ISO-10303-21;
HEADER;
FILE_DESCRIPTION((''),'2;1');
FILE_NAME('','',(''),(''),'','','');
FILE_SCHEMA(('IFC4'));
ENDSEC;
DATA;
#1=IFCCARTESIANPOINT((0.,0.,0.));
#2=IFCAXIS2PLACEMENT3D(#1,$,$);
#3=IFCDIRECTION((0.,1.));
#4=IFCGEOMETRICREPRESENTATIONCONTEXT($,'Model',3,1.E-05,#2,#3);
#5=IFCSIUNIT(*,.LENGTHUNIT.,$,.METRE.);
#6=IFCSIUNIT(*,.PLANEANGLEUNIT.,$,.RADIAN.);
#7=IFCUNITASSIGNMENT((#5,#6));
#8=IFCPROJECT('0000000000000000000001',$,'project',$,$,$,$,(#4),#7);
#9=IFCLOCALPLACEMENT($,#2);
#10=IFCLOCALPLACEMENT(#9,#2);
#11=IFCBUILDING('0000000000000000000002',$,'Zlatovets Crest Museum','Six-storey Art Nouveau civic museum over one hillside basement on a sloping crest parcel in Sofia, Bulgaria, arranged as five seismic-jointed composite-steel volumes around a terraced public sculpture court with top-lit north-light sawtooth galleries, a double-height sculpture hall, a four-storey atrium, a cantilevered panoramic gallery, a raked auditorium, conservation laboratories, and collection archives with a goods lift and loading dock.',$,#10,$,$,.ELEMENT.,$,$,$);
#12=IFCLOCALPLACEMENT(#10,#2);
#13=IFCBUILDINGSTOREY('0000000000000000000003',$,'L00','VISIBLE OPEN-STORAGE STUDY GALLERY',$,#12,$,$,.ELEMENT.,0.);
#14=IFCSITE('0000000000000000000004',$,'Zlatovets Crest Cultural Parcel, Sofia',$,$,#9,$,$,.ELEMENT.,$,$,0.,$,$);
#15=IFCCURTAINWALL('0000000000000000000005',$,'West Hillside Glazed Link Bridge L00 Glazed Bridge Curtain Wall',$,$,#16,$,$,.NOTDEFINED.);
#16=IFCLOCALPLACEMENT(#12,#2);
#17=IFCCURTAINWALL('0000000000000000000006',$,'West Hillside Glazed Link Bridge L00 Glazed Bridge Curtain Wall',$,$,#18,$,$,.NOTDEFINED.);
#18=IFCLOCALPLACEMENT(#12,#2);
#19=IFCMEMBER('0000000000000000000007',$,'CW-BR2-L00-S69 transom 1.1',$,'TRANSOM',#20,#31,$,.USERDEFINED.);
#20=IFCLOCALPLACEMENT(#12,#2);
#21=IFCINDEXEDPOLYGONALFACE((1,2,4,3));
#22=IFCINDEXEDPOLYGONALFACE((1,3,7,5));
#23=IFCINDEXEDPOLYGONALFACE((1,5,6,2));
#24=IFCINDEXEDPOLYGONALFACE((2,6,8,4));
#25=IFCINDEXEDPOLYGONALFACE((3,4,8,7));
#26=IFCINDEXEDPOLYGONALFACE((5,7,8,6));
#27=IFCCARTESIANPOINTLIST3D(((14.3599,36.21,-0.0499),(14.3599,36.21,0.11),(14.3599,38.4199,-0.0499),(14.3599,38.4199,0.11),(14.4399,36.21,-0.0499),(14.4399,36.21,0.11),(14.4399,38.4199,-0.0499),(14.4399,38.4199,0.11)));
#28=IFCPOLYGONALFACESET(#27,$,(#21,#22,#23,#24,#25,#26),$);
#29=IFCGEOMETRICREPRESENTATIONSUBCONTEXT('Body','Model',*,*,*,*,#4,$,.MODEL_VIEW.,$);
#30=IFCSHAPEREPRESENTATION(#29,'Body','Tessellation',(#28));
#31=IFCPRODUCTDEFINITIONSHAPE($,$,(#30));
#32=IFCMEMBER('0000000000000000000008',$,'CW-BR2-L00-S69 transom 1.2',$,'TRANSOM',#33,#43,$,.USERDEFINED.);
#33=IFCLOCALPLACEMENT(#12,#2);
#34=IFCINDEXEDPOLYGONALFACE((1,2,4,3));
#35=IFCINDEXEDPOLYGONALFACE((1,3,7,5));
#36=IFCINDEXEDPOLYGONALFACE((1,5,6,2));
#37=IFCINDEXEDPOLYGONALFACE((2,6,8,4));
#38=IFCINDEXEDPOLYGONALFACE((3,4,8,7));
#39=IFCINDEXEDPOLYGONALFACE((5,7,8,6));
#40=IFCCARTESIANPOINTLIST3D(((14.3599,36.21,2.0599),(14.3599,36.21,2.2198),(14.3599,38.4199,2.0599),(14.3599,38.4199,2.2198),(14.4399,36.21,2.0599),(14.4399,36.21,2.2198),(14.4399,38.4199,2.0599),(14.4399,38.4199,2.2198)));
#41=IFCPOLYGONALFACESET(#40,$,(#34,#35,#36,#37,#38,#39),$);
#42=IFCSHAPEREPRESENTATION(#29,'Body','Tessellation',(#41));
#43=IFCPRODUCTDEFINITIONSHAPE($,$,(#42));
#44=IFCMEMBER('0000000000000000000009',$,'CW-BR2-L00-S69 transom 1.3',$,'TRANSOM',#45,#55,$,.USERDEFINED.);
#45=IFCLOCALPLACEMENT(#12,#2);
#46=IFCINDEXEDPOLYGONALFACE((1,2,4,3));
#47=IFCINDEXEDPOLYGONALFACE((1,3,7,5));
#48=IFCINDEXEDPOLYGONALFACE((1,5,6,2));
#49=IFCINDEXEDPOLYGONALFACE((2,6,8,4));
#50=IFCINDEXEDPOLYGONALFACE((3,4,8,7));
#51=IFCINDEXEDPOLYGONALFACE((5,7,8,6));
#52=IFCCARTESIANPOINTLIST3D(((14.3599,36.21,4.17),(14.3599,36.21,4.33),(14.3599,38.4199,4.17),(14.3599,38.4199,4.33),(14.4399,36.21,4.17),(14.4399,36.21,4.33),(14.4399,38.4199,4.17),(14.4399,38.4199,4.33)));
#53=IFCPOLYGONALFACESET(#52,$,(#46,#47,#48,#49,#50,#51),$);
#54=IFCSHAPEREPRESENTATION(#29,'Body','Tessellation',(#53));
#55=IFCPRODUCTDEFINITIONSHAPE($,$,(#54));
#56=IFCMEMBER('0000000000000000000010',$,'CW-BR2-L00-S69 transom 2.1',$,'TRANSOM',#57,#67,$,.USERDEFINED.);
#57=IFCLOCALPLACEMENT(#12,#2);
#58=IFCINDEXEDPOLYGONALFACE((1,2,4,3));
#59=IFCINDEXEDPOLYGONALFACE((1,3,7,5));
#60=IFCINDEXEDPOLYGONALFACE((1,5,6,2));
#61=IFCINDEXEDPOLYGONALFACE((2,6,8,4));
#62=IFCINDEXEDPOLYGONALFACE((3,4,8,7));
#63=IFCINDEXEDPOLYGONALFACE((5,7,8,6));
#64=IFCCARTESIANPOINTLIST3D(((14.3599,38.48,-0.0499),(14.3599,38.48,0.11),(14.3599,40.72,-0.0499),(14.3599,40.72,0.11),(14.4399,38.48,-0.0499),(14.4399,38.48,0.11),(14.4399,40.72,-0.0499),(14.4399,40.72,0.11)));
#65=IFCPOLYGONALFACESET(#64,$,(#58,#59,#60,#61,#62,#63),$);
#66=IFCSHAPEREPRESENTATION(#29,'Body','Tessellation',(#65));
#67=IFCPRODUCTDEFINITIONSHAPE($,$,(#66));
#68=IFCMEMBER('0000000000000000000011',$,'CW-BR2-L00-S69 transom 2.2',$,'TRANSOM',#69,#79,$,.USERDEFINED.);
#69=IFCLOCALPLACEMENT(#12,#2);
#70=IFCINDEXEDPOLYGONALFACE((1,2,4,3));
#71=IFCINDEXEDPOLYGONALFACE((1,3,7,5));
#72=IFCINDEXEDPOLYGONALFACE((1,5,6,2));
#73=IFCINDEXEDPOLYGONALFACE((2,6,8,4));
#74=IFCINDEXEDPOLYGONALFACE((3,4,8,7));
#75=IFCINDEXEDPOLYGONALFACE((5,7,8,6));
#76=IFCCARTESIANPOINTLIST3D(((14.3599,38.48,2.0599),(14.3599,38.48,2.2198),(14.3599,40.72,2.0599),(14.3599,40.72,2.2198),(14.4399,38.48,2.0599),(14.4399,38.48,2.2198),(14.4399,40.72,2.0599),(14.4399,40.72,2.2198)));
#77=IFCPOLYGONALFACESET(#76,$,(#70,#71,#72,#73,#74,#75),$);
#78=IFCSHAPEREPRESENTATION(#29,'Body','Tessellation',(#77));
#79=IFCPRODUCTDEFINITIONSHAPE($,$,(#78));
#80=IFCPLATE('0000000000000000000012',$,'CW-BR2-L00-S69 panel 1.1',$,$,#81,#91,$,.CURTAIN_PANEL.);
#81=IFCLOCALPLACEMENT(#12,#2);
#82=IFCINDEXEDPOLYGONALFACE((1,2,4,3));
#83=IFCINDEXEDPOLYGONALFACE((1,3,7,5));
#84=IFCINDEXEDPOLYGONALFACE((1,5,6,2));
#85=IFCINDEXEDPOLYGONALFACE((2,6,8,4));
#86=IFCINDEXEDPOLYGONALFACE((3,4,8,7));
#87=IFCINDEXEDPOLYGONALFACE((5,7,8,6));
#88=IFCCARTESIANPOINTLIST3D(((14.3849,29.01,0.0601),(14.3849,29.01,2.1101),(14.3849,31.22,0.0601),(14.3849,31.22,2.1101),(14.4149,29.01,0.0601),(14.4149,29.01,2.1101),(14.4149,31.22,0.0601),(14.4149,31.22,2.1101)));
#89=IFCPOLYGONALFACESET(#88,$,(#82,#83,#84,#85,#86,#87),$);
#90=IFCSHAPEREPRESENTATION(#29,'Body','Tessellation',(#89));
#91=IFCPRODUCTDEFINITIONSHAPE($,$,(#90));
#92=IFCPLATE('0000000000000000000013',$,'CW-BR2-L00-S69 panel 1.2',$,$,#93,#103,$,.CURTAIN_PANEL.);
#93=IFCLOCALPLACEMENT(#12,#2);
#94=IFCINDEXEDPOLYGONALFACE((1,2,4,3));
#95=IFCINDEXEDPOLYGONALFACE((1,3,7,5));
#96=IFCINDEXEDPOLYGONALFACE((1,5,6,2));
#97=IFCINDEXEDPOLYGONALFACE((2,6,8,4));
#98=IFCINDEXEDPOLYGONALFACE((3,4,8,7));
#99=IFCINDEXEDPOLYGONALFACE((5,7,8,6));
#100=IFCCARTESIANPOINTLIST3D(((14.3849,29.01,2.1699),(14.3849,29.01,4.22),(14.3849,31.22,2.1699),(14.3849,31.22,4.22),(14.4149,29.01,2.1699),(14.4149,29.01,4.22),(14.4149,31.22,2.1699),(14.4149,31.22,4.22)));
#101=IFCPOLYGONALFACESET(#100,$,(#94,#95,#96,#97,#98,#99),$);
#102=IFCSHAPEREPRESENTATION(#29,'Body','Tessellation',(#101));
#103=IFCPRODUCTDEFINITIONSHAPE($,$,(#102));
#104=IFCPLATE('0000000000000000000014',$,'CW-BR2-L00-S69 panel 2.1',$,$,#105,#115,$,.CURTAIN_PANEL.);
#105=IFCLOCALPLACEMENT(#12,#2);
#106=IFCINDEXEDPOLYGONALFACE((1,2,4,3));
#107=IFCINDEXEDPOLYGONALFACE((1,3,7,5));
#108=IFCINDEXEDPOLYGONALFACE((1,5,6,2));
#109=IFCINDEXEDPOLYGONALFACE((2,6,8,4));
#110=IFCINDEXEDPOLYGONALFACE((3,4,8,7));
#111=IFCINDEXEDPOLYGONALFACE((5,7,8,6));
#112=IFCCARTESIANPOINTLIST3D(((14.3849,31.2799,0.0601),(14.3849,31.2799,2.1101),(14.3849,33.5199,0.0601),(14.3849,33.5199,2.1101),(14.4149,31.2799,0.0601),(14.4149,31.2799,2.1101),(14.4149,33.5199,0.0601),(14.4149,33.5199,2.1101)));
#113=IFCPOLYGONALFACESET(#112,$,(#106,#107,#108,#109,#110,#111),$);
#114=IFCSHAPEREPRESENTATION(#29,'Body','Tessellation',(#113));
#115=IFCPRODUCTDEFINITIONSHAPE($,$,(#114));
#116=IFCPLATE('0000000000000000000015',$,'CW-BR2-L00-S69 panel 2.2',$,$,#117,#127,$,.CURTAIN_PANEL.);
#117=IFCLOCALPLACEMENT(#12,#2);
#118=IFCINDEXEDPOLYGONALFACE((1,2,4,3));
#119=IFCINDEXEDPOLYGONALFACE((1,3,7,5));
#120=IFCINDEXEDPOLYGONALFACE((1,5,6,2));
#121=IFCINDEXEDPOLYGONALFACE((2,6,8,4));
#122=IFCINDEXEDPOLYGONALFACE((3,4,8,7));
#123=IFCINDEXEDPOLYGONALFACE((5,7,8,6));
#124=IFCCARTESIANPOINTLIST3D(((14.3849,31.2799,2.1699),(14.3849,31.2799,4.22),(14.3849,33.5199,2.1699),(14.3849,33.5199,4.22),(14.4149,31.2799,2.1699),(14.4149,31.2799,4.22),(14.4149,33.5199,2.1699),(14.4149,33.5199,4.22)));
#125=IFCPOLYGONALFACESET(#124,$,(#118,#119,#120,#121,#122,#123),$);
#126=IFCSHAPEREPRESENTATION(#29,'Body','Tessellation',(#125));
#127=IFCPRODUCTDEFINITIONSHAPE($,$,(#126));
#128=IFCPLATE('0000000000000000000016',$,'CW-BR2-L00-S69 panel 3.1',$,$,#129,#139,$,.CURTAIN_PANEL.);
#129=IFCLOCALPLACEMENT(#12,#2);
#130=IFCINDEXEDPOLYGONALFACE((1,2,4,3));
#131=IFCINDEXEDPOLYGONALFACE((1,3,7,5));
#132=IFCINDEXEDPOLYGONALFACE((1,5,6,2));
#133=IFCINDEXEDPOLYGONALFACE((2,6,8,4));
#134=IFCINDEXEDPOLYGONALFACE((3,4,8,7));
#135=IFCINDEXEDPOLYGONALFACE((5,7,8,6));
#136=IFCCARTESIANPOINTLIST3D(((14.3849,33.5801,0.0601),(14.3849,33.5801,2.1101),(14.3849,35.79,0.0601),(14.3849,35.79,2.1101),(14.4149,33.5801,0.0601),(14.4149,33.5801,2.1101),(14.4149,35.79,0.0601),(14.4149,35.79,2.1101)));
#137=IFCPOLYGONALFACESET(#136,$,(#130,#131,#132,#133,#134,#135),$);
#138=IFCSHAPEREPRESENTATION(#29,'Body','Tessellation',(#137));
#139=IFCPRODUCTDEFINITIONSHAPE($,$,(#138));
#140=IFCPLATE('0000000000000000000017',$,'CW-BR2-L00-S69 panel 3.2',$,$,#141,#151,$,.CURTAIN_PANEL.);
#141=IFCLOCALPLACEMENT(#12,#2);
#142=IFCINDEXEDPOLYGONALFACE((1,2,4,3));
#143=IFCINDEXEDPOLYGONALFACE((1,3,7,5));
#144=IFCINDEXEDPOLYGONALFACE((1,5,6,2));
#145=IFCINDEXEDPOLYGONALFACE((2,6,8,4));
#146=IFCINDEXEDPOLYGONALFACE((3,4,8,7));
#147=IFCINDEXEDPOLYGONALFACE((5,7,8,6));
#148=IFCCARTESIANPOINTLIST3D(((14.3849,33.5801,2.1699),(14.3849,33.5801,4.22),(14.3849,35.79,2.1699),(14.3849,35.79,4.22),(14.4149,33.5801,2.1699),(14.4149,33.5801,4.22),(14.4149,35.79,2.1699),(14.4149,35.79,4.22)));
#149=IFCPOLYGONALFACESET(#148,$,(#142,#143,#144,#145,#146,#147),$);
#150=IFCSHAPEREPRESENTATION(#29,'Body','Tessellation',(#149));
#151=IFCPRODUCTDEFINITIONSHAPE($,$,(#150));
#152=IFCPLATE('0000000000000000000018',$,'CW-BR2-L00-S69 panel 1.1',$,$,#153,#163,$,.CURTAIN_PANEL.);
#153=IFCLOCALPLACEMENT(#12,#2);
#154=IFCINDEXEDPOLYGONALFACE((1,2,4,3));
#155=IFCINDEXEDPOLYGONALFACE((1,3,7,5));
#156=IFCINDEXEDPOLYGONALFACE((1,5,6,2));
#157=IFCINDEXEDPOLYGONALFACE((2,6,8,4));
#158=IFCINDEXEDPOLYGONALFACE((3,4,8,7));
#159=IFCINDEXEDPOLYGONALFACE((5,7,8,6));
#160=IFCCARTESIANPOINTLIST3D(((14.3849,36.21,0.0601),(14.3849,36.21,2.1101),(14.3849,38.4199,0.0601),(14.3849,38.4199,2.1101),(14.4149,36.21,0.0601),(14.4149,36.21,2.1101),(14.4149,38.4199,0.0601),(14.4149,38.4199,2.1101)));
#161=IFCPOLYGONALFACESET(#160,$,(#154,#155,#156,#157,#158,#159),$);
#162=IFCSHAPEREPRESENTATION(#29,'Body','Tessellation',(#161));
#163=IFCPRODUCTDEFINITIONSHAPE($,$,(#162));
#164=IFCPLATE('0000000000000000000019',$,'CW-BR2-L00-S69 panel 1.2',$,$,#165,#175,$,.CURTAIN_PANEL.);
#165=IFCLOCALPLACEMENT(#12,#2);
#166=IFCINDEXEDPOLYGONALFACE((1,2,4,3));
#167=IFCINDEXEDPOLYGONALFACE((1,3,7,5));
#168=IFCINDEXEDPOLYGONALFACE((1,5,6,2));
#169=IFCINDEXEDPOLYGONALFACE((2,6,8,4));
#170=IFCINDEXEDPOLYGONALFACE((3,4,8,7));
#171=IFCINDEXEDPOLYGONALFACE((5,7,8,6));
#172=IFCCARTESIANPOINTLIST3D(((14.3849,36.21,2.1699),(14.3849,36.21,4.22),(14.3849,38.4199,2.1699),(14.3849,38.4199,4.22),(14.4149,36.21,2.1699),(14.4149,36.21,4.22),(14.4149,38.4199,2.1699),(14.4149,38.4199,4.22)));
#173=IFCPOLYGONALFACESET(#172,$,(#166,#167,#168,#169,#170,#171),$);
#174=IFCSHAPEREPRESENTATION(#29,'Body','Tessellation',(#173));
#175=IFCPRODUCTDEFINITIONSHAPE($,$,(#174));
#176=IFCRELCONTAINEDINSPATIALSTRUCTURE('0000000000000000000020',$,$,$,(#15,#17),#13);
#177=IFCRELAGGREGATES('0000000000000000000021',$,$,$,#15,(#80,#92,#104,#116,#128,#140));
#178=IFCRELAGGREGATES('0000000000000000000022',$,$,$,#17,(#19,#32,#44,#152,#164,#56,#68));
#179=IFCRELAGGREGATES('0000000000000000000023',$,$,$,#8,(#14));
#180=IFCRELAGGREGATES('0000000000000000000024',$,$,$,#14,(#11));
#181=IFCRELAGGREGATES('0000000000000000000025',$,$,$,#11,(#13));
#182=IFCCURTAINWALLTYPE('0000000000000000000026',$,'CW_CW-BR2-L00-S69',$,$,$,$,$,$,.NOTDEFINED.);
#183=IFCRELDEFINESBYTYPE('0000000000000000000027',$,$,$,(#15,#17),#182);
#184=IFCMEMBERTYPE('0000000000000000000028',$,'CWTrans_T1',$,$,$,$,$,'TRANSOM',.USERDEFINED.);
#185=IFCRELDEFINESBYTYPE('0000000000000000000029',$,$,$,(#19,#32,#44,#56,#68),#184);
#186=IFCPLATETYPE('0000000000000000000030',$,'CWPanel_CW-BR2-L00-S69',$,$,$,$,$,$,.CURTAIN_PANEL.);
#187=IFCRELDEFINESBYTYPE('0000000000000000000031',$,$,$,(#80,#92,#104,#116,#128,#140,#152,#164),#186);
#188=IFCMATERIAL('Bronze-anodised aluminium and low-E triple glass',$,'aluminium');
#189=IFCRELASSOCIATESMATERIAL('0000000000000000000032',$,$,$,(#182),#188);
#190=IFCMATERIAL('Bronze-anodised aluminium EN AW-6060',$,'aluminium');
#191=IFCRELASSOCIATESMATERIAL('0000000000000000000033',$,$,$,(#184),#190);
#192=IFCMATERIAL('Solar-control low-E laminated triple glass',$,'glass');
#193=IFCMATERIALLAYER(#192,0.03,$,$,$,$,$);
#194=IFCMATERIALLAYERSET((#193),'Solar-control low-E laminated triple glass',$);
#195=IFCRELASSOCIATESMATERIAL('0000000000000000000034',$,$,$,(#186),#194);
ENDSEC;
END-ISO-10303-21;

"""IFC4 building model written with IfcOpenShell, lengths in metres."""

from ifc_helpers import new_model, si_unit, direction, frame, origin, origin_2d, place, context, subcontext, project, spatial, rectangle, extrude, material, layer, layer_set, material_profile, profile_set, type_object, element, aggregate, save


model = new_model("IFC4")

# Units and contexts
model_context = context("Model", 3, precision=1e-05, world=origin(), true_north=direction((0.0, 1.0)))
body_context = subcontext(model_context, "Body", "Model", "MODEL_VIEW")
ifc_project = project(units=[si_unit("LENGTHUNIT", "METRE"), si_unit("PLANEANGLEUNIT", "RADIAN")], contexts=[model_context])

# Site, building, storey
site_placement = place(None, origin())
site = spatial("IfcSite", under=ifc_project, at=site_placement, Name="Zlatovets Crest Cultural Parcel, Sofia", CompositionType="ELEMENT", RefElevation=0.0)
building_placement = place(site_placement, origin())
building = spatial("IfcBuilding", under=site, at=building_placement, Name="Zlatovets Crest Museum", Description="Six-storey Art Nouveau civic museum over one hillside basement on a sloping crest parcel in Sofia, Bulgaria, arranged as five seismic-jointed composite-steel volumes around a terraced public sculpture court with top-lit north-light sawtooth galleries, a double-height sculpture hall, a four-storey atrium, a cantilevered panoramic gallery, a raked auditorium, conservation laboratories, and collection archives with a goods lift and loading dock.", CompositionType="ELEMENT")
storey_placement = place(building_placement, origin())
storey = spatial("IfcBuildingStorey", under=building, at=storey_placement, Name="L00", Description="VISIBLE OPEN-STORAGE STUDY GALLERY", CompositionType="ELEMENT", Elevation=0.0)

# Curtain walls
ifc_material_1 = material(Name="Bronze-anodised aluminium and low-E triple glass", Category="aluminium")
curtain_wall_type = type_object("IfcCurtainWallType", Name="CW_CW-BR2-L00-S69", PredefinedType="NOTDEFINED", material=ifc_material_1)
curtain_wall_1_placement = place(storey_placement, origin())
curtain_wall_1 = element("IfcCurtainWall", 1, at=curtain_wall_1_placement, inside=storey, type_object=curtain_wall_type, Name="West Hillside Glazed Link Bridge L00 Glazed Bridge Curtain Wall", PredefinedType="NOTDEFINED")
ifc_material_2 = material(Name="Bronze-anodised aluminium EN AW-6060", Category="aluminium")
curtain_wall_2_placement = place(storey_placement, origin())
curtain_wall_2 = element("IfcCurtainWall", 2, at=curtain_wall_2_placement, inside=storey, type_object=curtain_wall_type, Name="West Hillside Glazed Link Bridge L00 Glazed Bridge Curtain Wall", PredefinedType="NOTDEFINED")

# Members
ifc_material_profile_1 = material_profile(ifc_material_2, rectangle(XDim=0.0801, YDim=0.1599, at=origin_2d()), Name="ALU 80x160")
ifc_profile_set_1 = profile_set([ifc_material_profile_1], Name="Bronze-anodised aluminium EN AW-6060")
member_type_1 = type_object("IfcMemberType", Name="CWTrans_T1", ElementType="TRANSOM", PredefinedType="USERDEFINED", material=ifc_profile_set_1)
member_1_placement = place(storey_placement, frame((14.3999, 36.21, 0.03), z_axis=(0.0, 1.0, 0.0), x_axis=(-1.0, 0.0, 0.0)))
member_1 = element("IfcMember", 3, at=member_1_placement, type_object=member_type_1, Name="CW-BR2-L00-S69 transom 1.1", ObjectType="TRANSOM", PredefinedType="USERDEFINED", context=body_context, shape_type="SweptSolid", body=[
    extrude(rectangle(XDim=0.0801, YDim=0.1599, at=origin_2d()), origin(), (0.0, 0.0, 1.0), 2.21),
])
member_2_placement = place(storey_placement, frame((14.3999, 36.21, 2.1399), z_axis=(0.0, 1.0, 0.0), x_axis=(-1.0, 0.0, 0.0)))
member_2 = element("IfcMember", 4, at=member_2_placement, type_object=member_type_1, Name="CW-BR2-L00-S69 transom 1.2", ObjectType="TRANSOM", PredefinedType="USERDEFINED", context=body_context, shape_type="SweptSolid", body=[
    extrude(rectangle(XDim=0.0801, YDim=0.1599, at=origin_2d()), origin(), (0.0, 0.0, 1.0), 2.21),
])
member_3_placement = place(storey_placement, frame((14.3999, 36.21, 4.25), z_axis=(0.0, 1.0, 0.0), x_axis=(-1.0, 0.0, 0.0)))
member_3 = element("IfcMember", 5, at=member_3_placement, type_object=member_type_1, Name="CW-BR2-L00-S69 transom 1.3", ObjectType="TRANSOM", PredefinedType="USERDEFINED", context=body_context, shape_type="SweptSolid", body=[
    extrude(rectangle(XDim=0.0801, YDim=0.1599, at=origin_2d()), origin(), (0.0, 0.0, 1.0), 2.21),
])
member_4_placement = place(storey_placement, frame((14.3999, 38.48, 0.03), z_axis=(0.0, 1.0, 0.0), x_axis=(-1.0, 0.0, 0.0)))
member_4 = element("IfcMember", 6, at=member_4_placement, type_object=member_type_1, Name="CW-BR2-L00-S69 transom 2.1", ObjectType="TRANSOM", PredefinedType="USERDEFINED", context=body_context, shape_type="SweptSolid", body=[
    extrude(rectangle(XDim=0.0801, YDim=0.1599, at=origin_2d()), origin(), (0.0, 0.0, 1.0), 2.24),
])
member_5_placement = place(storey_placement, frame((14.3999, 38.48, 2.1399), z_axis=(0.0, 1.0, 0.0), x_axis=(-1.0, 0.0, 0.0)))
member_5 = element("IfcMember", 7, at=member_5_placement, type_object=member_type_1, Name="CW-BR2-L00-S69 transom 2.2", ObjectType="TRANSOM", PredefinedType="USERDEFINED", context=body_context, shape_type="SweptSolid", body=[
    extrude(rectangle(XDim=0.0801, YDim=0.1599, at=origin_2d()), origin(), (0.0, 0.0, 1.0), 2.24),
])

# Plates
ifc_material_3 = material(Name="Solar-control low-E laminated triple glass", Category="glass")
ifc_layer = layer(ifc_material_3, 0.03)
ifc_layer_set = layer_set([ifc_layer], Name="Solar-control low-E laminated triple glass")
plate_type = type_object("IfcPlateType", Name="CWPanel_CW-BR2-L00-S69", PredefinedType="CURTAIN_PANEL", material=ifc_layer_set)
plate_1_placement = place(storey_placement, frame((14.3999, 30.115, 0.0601), z_axis=(0.0, 0.0, 1.0), x_axis=(0.0, 1.0, 0.0)))
plate_1 = element("IfcPlate", 8, at=plate_1_placement, type_object=plate_type, Name="CW-BR2-L00-S69 panel 1.1", PredefinedType="CURTAIN_PANEL", context=body_context, shape_type="SweptSolid", body=[
    extrude(rectangle(XDim=2.21, YDim=0.03, at=origin_2d()), origin(), (0.0, 0.0, 1.0), 2.05),
])
plate_2_placement = place(storey_placement, frame((14.3999, 30.115, 2.1699), z_axis=(0.0, 0.0, 1.0), x_axis=(0.0, 1.0, 0.0)))
plate_2 = element("IfcPlate", 9, at=plate_2_placement, type_object=plate_type, Name="CW-BR2-L00-S69 panel 1.2", PredefinedType="CURTAIN_PANEL", context=body_context, shape_type="SweptSolid", body=[
    extrude(rectangle(XDim=2.21, YDim=0.03, at=origin_2d()), origin(), (0.0, 0.0, 1.0), 2.05),
])
plate_3_placement = place(storey_placement, frame((14.3999, 32.3999, 0.0601), z_axis=(0.0, 0.0, 1.0), x_axis=(0.0, 1.0, 0.0)))
plate_3 = element("IfcPlate", 10, at=plate_3_placement, type_object=plate_type, Name="CW-BR2-L00-S69 panel 2.1", PredefinedType="CURTAIN_PANEL", context=body_context, shape_type="SweptSolid", body=[
    extrude(rectangle(XDim=2.24, YDim=0.03, at=origin_2d()), origin(), (0.0, 0.0, 1.0), 2.05),
])
plate_4_placement = place(storey_placement, frame((14.3999, 32.3999, 2.1699), z_axis=(0.0, 0.0, 1.0), x_axis=(0.0, 1.0, 0.0)))
plate_4 = element("IfcPlate", 11, at=plate_4_placement, type_object=plate_type, Name="CW-BR2-L00-S69 panel 2.2", PredefinedType="CURTAIN_PANEL", context=body_context, shape_type="SweptSolid", body=[
    extrude(rectangle(XDim=2.24, YDim=0.03, at=origin_2d()), origin(), (0.0, 0.0, 1.0), 2.05),
])
plate_5_placement = place(storey_placement, frame((14.3999, 34.6851, 0.0601), z_axis=(0.0, 0.0, 1.0), x_axis=(0.0, 1.0, 0.0)))
plate_5 = element("IfcPlate", 12, at=plate_5_placement, type_object=plate_type, Name="CW-BR2-L00-S69 panel 3.1", PredefinedType="CURTAIN_PANEL", context=body_context, shape_type="SweptSolid", body=[
    extrude(rectangle(XDim=2.21, YDim=0.03, at=origin_2d()), origin(), (0.0, 0.0, 1.0), 2.05),
])
plate_6_placement = place(storey_placement, frame((14.3999, 34.6851, 2.1699), z_axis=(0.0, 0.0, 1.0), x_axis=(0.0, 1.0, 0.0)))
plate_6 = element("IfcPlate", 13, at=plate_6_placement, type_object=plate_type, Name="CW-BR2-L00-S69 panel 3.2", PredefinedType="CURTAIN_PANEL", context=body_context, shape_type="SweptSolid", body=[
    extrude(rectangle(XDim=2.21, YDim=0.03, at=origin_2d()), origin(), (0.0, 0.0, 1.0), 2.05),
])
aggregate(curtain_wall_1, [plate_1, plate_2, plate_3, plate_4, plate_5, plate_6])
plate_7_placement = place(storey_placement, frame((14.3999, 37.3149, 0.0601), z_axis=(0.0, 0.0, 1.0), x_axis=(0.0, 1.0, 0.0)))
plate_7 = element("IfcPlate", 14, at=plate_7_placement, type_object=plate_type, Name="CW-BR2-L00-S69 panel 1.1", PredefinedType="CURTAIN_PANEL", context=body_context, shape_type="SweptSolid", body=[
    extrude(rectangle(XDim=2.21, YDim=0.03, at=origin_2d()), origin(), (0.0, 0.0, 1.0), 2.05),
])
plate_8_placement = place(storey_placement, frame((14.3999, 37.3149, 2.1699), z_axis=(0.0, 0.0, 1.0), x_axis=(0.0, 1.0, 0.0)))
plate_8 = element("IfcPlate", 15, at=plate_8_placement, type_object=plate_type, Name="CW-BR2-L00-S69 panel 1.2", PredefinedType="CURTAIN_PANEL", context=body_context, shape_type="SweptSolid", body=[
    extrude(rectangle(XDim=2.21, YDim=0.03, at=origin_2d()), origin(), (0.0, 0.0, 1.0), 2.05),
])
aggregate(curtain_wall_2, [member_1, member_2, member_3, plate_7, plate_8, member_4, member_5])

save(model, "model.ifc")
